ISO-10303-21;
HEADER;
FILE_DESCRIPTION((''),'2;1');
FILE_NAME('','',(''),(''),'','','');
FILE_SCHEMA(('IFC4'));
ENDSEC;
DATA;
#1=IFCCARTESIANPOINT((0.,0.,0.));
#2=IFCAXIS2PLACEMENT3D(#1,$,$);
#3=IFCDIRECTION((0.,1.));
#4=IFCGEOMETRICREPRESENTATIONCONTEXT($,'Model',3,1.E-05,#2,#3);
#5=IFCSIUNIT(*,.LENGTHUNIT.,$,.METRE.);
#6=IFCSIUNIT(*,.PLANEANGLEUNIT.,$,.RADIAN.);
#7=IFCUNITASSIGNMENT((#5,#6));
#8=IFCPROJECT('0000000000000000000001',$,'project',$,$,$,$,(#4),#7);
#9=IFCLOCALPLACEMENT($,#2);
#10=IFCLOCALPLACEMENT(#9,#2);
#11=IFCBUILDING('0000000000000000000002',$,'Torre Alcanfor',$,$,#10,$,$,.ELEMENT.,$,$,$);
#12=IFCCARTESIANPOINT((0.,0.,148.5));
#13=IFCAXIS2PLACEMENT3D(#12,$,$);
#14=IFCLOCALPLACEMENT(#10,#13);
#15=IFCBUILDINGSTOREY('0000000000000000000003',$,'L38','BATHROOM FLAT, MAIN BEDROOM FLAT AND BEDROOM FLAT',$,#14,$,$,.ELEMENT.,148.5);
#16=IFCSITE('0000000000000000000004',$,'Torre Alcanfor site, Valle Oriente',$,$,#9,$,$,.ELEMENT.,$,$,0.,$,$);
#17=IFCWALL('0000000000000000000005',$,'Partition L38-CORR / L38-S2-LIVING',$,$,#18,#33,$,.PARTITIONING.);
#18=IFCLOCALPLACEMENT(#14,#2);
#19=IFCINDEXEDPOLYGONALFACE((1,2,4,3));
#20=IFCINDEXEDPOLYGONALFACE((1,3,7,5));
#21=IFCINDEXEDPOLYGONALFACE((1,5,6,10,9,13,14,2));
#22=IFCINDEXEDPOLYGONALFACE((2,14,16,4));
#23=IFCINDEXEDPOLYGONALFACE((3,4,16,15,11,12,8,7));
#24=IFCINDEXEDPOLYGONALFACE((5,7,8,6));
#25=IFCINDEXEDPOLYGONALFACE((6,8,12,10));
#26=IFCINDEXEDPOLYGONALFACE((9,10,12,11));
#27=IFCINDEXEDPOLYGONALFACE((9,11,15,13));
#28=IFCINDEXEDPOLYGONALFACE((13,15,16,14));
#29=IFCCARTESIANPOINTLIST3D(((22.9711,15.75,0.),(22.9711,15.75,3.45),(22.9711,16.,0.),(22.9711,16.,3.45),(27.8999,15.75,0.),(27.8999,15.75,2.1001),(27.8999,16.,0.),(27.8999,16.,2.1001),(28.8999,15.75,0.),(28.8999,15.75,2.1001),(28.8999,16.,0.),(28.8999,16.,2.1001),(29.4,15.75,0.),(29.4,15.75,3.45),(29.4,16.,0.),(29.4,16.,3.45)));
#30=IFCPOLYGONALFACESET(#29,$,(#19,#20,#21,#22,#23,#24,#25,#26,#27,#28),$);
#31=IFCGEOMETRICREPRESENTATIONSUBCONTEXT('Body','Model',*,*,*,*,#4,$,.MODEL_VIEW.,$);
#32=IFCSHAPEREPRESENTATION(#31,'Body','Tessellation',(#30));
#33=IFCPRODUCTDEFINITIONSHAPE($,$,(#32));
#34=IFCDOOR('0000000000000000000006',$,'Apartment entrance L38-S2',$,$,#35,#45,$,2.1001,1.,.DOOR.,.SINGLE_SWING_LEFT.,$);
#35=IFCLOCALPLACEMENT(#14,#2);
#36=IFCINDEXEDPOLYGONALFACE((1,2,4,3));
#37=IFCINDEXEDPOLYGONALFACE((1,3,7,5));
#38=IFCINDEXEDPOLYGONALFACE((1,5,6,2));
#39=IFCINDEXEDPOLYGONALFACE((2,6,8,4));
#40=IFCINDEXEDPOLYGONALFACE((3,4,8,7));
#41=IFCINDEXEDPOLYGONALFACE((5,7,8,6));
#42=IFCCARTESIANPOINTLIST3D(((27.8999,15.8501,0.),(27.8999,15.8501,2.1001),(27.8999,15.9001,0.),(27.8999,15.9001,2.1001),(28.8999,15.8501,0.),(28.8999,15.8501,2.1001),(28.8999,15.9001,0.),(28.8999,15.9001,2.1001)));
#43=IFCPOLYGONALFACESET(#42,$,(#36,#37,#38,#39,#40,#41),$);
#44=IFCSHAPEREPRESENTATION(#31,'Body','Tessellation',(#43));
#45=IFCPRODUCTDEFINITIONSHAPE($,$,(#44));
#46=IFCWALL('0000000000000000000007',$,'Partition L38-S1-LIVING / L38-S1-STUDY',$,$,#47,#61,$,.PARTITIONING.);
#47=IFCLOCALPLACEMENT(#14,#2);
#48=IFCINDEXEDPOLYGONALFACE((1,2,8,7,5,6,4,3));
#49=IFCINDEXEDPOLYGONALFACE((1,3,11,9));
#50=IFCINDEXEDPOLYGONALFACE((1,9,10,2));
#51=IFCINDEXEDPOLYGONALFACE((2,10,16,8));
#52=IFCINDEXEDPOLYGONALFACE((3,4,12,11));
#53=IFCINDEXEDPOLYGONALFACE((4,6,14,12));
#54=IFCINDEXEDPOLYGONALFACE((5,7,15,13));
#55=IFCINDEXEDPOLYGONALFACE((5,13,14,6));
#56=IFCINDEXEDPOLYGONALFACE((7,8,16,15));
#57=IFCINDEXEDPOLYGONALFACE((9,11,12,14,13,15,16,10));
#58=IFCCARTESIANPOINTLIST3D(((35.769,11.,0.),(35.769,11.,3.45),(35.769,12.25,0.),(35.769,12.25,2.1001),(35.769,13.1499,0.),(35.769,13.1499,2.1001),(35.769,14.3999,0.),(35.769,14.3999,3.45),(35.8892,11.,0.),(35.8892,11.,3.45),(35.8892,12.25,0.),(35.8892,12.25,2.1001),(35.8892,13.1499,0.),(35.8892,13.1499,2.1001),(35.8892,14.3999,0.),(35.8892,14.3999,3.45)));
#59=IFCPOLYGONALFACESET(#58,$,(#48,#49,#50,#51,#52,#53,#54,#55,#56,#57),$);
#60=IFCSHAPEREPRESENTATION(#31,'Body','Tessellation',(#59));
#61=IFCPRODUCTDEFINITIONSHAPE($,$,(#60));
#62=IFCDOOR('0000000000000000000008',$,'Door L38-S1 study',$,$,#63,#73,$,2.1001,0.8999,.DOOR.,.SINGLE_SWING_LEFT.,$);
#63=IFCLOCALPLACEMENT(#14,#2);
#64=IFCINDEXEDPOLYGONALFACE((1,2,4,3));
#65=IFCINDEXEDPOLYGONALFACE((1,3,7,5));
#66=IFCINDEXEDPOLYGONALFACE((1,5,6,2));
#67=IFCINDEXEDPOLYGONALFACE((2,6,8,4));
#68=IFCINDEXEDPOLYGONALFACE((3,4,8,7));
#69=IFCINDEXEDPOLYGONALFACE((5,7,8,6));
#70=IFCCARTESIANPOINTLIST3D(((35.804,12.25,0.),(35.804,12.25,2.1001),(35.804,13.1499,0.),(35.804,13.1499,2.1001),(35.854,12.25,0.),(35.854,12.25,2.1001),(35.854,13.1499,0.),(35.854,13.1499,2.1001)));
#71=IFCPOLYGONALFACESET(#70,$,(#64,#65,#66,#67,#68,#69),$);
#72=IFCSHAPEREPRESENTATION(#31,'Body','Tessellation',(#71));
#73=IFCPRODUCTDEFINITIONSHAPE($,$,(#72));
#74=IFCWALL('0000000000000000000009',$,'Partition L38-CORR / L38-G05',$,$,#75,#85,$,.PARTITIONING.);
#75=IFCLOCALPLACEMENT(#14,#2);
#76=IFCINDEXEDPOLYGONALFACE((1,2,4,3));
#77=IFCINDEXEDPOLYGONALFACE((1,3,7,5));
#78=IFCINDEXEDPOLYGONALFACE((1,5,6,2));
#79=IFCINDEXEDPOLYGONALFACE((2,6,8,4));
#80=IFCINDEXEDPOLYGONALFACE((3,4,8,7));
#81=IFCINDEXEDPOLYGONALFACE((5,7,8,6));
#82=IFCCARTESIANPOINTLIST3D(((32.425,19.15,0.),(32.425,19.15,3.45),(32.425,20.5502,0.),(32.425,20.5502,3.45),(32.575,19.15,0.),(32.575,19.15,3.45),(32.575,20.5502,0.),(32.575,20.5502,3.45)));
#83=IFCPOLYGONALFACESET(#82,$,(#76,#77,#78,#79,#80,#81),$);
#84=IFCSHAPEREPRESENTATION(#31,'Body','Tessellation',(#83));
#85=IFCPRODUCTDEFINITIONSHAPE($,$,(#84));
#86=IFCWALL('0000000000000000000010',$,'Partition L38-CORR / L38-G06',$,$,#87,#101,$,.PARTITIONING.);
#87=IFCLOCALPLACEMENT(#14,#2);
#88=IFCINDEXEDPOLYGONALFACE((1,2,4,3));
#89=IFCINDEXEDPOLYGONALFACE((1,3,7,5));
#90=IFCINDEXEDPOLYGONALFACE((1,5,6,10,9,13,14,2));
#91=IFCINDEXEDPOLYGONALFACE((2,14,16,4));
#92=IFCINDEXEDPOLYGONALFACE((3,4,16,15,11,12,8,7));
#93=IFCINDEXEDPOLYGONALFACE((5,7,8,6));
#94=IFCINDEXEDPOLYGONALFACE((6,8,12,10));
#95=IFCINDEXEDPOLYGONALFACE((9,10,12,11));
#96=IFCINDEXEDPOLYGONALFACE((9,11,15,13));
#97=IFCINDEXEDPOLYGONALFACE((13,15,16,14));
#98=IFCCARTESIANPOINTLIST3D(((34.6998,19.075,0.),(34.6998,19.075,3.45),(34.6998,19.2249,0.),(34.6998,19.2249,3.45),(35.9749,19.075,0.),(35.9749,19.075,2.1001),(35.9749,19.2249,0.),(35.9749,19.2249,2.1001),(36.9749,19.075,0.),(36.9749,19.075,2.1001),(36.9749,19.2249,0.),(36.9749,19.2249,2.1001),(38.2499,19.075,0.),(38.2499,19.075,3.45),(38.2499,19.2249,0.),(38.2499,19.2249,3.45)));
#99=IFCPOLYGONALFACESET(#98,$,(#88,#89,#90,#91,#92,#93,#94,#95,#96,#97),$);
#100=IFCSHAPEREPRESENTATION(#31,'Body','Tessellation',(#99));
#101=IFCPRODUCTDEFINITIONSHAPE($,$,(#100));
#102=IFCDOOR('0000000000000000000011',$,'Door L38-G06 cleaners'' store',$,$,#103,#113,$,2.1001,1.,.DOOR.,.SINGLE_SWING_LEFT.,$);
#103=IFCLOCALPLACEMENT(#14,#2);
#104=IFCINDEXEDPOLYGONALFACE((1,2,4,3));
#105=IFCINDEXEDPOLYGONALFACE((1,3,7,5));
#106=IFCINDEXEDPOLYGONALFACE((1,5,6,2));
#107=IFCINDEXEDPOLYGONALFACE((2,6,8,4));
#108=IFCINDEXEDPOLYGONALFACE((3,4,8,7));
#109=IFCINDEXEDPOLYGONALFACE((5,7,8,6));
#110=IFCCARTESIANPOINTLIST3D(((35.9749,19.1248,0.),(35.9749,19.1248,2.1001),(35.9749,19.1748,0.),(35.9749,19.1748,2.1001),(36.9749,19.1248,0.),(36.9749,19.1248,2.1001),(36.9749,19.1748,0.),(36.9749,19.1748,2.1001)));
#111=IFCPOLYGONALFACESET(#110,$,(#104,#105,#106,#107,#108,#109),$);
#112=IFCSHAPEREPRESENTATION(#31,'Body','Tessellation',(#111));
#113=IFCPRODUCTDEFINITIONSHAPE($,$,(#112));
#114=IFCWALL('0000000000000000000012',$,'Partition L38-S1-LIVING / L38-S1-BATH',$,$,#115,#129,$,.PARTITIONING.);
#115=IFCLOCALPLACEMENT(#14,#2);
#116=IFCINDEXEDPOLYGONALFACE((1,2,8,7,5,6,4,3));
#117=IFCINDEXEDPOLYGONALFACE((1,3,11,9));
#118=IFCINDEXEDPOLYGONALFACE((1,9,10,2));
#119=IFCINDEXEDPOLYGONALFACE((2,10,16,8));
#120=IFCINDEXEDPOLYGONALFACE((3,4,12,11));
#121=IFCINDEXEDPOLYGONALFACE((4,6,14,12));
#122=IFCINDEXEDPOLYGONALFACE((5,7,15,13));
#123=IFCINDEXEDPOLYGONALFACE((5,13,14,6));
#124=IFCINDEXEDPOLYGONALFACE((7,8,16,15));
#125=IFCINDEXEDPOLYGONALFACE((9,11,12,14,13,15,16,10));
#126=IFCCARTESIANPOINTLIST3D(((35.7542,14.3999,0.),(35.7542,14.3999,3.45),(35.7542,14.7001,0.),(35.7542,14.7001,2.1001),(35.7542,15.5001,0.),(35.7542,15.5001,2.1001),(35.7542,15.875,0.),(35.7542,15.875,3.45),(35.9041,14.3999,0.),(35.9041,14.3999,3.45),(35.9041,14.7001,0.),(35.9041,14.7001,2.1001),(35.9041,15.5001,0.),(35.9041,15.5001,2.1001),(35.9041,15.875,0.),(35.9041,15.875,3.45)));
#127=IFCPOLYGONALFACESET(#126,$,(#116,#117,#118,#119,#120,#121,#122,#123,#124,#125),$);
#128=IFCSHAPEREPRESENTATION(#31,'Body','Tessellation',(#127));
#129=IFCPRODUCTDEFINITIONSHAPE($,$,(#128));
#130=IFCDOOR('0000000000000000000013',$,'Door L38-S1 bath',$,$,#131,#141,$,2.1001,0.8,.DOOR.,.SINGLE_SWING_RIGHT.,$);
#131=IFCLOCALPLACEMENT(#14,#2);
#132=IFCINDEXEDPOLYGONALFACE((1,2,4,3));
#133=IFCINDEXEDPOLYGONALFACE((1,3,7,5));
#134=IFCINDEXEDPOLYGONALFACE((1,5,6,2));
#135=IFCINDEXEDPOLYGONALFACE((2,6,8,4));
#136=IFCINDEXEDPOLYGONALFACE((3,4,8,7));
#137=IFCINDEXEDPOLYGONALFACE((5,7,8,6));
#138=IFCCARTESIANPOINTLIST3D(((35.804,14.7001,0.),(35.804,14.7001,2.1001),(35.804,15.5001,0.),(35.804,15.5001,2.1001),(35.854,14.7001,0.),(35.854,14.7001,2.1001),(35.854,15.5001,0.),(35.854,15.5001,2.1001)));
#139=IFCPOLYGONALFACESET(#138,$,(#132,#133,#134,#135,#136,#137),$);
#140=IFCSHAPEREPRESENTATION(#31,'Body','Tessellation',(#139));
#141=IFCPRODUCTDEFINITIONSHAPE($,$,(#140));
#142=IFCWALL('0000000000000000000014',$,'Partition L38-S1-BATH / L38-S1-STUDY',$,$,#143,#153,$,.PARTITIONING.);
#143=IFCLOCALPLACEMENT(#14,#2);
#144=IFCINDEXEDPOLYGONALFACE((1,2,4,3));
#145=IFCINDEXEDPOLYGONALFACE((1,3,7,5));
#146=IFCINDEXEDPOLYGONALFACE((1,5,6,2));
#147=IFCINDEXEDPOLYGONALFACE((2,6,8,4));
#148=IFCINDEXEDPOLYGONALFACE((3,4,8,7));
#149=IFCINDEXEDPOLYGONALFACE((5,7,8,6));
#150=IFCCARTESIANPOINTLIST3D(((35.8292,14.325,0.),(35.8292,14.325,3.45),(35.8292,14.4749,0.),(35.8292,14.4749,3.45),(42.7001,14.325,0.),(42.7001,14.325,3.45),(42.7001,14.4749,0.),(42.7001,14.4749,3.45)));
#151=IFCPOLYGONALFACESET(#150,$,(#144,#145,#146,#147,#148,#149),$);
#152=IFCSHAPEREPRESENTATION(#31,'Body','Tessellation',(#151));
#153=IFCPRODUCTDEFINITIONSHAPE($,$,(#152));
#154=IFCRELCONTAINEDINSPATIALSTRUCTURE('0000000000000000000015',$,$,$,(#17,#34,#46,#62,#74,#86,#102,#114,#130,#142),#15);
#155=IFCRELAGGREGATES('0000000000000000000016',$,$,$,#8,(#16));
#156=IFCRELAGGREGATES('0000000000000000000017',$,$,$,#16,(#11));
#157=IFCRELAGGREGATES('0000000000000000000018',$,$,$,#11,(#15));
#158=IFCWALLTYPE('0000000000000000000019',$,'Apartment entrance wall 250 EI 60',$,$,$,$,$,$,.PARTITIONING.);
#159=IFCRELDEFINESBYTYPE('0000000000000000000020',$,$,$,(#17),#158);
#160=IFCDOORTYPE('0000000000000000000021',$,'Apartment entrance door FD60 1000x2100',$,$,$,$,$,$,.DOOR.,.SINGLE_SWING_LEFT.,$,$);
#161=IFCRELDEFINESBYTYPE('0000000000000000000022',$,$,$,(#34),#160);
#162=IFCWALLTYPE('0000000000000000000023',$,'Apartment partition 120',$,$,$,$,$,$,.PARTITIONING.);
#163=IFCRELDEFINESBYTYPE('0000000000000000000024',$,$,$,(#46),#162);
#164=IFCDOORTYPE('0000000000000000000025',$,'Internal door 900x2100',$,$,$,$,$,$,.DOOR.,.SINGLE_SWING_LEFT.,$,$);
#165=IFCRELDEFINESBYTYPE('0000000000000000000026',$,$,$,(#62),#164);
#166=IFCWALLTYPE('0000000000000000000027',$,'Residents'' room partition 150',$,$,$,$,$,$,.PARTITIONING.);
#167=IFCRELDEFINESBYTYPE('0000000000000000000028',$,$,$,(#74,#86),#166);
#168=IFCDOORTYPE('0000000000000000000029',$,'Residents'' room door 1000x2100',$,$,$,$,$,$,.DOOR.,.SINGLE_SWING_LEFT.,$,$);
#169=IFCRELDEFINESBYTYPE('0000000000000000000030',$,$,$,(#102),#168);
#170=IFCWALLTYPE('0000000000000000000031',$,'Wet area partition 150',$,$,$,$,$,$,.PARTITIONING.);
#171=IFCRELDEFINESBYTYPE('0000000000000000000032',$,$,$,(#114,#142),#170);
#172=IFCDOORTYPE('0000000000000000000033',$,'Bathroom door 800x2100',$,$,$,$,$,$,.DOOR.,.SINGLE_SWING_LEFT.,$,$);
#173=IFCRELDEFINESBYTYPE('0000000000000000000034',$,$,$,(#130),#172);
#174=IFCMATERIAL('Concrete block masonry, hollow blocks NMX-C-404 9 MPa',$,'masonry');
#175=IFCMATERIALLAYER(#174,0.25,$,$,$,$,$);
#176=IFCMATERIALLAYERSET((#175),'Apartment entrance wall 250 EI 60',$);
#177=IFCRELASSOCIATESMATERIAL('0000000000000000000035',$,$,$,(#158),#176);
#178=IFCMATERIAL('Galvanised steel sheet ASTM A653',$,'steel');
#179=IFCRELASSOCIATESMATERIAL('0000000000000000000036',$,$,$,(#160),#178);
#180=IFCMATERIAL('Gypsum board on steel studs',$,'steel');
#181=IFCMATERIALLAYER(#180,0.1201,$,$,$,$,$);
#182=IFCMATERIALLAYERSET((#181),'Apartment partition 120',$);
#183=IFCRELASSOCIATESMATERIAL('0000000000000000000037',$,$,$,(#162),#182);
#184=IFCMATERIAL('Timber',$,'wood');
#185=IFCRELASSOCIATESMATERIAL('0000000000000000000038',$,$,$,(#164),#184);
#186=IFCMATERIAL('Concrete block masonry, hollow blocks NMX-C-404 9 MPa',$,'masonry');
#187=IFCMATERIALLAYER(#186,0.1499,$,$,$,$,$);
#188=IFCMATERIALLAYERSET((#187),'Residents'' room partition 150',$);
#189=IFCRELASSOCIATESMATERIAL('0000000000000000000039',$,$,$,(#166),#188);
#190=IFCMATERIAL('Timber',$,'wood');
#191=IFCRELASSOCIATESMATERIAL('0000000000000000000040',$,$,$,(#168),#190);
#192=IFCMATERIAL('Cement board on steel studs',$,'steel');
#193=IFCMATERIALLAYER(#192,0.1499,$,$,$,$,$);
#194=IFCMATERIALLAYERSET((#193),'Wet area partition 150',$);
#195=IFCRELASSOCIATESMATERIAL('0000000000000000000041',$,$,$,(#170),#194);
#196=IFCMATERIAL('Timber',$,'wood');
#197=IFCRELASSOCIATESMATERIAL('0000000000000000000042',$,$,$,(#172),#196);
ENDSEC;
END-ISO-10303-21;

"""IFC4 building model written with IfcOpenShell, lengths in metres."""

from ifc_helpers import new_model, si_unit, direction, frame, frame_2d, origin, place, context, subcontext, project, spatial, rectangle, extrude, material, layer, layer_set, type_object, element, fill, save


model = new_model("IFC4")

# Units and contexts
model_context = context("Model", 3, precision=1e-05, world=origin(), true_north=direction((0.0, 1.0)))
body_context = subcontext(model_context, "Body", "Model", "MODEL_VIEW")
ifc_project = project(units=[si_unit("LENGTHUNIT", "METRE"), si_unit("PLANEANGLEUNIT", "RADIAN")], contexts=[model_context])

# Site, building, storey
site_placement = place(None, origin())
site = spatial("IfcSite", under=ifc_project, at=site_placement, Name="Torre Alcanfor site, Valle Oriente", CompositionType="ELEMENT", RefElevation=0.0)
building_placement = place(site_placement, origin())
building = spatial("IfcBuilding", under=site, at=building_placement, Name="Torre Alcanfor", CompositionType="ELEMENT")
storey_placement = place(building_placement, frame((0.0, 0.0, 148.5)))
storey = spatial("IfcBuildingStorey", under=building, at=storey_placement, Name="L38", Description="BATHROOM FLAT, MAIN BEDROOM FLAT AND BEDROOM FLAT", CompositionType="ELEMENT", Elevation=148.5)

# Walls, openings, doors
ifc_material_1 = material(Name="Concrete block masonry, hollow blocks NMX-C-404 9 MPa", Category="masonry")
ifc_layer_1 = layer(ifc_material_1, 0.25)
ifc_layer_set_1 = layer_set([ifc_layer_1], Name="Apartment entrance wall 250 EI 60")
wall_type_1 = type_object("IfcWallType", Name="Apartment entrance wall 250 EI 60", PredefinedType="PARTITIONING", material=ifc_layer_set_1)
ifc_material_2 = material(Name="Galvanised steel sheet ASTM A653", Category="steel")
door_type_1 = type_object("IfcDoorType", Name="Apartment entrance door FD60 1000x2100", OperationType="SINGLE_SWING_LEFT", PredefinedType="DOOR", material=ifc_material_2)
wall_1_placement = place(storey_placement, frame((29.3999, 15.875, 0.0), z_axis=(0.0, 0.0, 1.0), x_axis=(-1.0, 0.0, 0.0)))
wall_1 = element("IfcWall", 1, at=wall_1_placement, inside=storey, type_object=wall_type_1, Name="Partition L38-CORR / L38-S2-LIVING", PredefinedType="PARTITIONING", context=body_context, shape_type="SweptSolid", body=[
    extrude(rectangle(XDim=6.429, YDim=0.25, at=frame_2d((3.2144, 0.0))), origin(), (0.0, 0.0, 1.0), 3.45),
])
opening_1_placement = place(wall_1_placement, frame((0.5, 0.0, 0.0)))
opening_1 = element("IfcOpeningElement", 2, at=opening_1_placement, cuts=wall_1, PredefinedType="OPENING", context=body_context, shape_type="SweptSolid", body=[
    extrude(rectangle(XDim=1.0, YDim=2.1001, at=frame_2d((0.5, 1.05))), frame((0.0, 0.135, 0.0), z_axis=(0.0, -1.0, 0.0), x_axis=(1.0, 0.0, 0.0)), (0.0, 0.0, 1.0), 0.27),
])
door_1_placement = place(opening_1_placement, origin())
door_1 = element("IfcDoor", 3, at=door_1_placement, inside=storey, type_object=door_type_1, Name="Apartment entrance L38-S2", OperationType="SINGLE_SWING_LEFT", OverallHeight=2.1001, OverallWidth=1.0, PredefinedType="DOOR", context=body_context, shape_type="SweptSolid", body=[
    extrude(rectangle(XDim=1.0, YDim=2.1001, at=frame_2d((0.5, 1.05))), frame((0.0, 0.0249, 0.0), z_axis=(0.0, -1.0, 0.0), x_axis=(1.0, 0.0, 0.0)), (0.0, 0.0, 1.0), 0.05),
])
fill(opening_1, door_1)
ifc_material_3 = material(Name="Gypsum board on steel studs", Category="steel")
ifc_layer_2 = layer(ifc_material_3, 0.1201)
ifc_layer_set_2 = layer_set([ifc_layer_2], Name="Apartment partition 120")
wall_type_2 = type_object("IfcWallType", Name="Apartment partition 120", PredefinedType="PARTITIONING", material=ifc_layer_set_2)
wall_2_placement = place(storey_placement, frame((35.8291, 14.3999, 0.0), z_axis=(0.0, 0.0, 1.0), x_axis=(0.0, -1.0, 0.0)))
wall_2 = element("IfcWall", 4, at=wall_2_placement, inside=storey, type_object=wall_type_2, Name="Partition L38-S1-LIVING / L38-S1-STUDY", PredefinedType="PARTITIONING", context=body_context, shape_type="SweptSolid", body=[
    extrude(rectangle(XDim=3.3999, YDim=0.1201, at=frame_2d((1.7, 0.0))), origin(), (0.0, 0.0, 1.0), 3.45),
])
opening_2_placement = place(wall_2_placement, frame((1.25, 0.0, 0.0)))
opening_2 = element("IfcOpeningElement", 5, at=opening_2_placement, cuts=wall_2, PredefinedType="OPENING", context=body_context, shape_type="SweptSolid", body=[
    extrude(rectangle(XDim=0.8999, YDim=2.1001, at=frame_2d((0.45, 1.05))), frame((0.0, 0.0701, 0.0), z_axis=(0.0, -1.0, 0.0), x_axis=(1.0, 0.0, 0.0)), (0.0, 0.0, 1.0), 0.1401),
])
ifc_material_4 = material(Name="Timber", Category="wood")
door_type_2 = type_object("IfcDoorType", Name="Internal door 900x2100", OperationType="SINGLE_SWING_LEFT", PredefinedType="DOOR", material=ifc_material_4)
door_2_placement = place(opening_2_placement, origin())
door_2 = element("IfcDoor", 6, at=door_2_placement, inside=storey, type_object=door_type_2, Name="Door L38-S1 study", OperationType="SINGLE_SWING_LEFT", OverallHeight=2.1001, OverallWidth=0.8999, PredefinedType="DOOR", context=body_context, shape_type="SweptSolid", body=[
    extrude(rectangle(XDim=0.8999, YDim=2.1001, at=frame_2d((0.45, 1.05))), frame((0.0, 0.0249, 0.0), z_axis=(0.0, -1.0, 0.0), x_axis=(1.0, 0.0, 0.0)), (0.0, 0.0, 1.0), 0.05),
])
fill(opening_2, door_2)

# Wall
ifc_material_5 = material(Name="Concrete block masonry, hollow blocks NMX-C-404 9 MPa", Category="masonry")
ifc_layer_3 = layer(ifc_material_5, 0.1499)
ifc_layer_set_3 = layer_set([ifc_layer_3], Name="Residents' room partition 150")
wall_type_3 = type_object("IfcWallType", Name="Residents' room partition 150", PredefinedType="PARTITIONING", material=ifc_layer_set_3)
wall_3_placement = place(storey_placement, frame((32.5, 19.1499, 0.0), z_axis=(0.0, 0.0, 1.0), x_axis=(0.0, 1.0, 0.0)))
element("IfcWall", 7, at=wall_3_placement, inside=storey, type_object=wall_type_3, Name="Partition L38-CORR / L38-G05", PredefinedType="PARTITIONING", context=body_context, shape_type="SweptSolid", body=[
    extrude(rectangle(XDim=1.4001, YDim=0.1499, at=frame_2d((0.7002, 0.0))), origin(), (0.0, 0.0, 1.0), 3.45),
])

# Walls, openings, doors
wall_4_placement = place(storey_placement, frame((34.7, 19.1499, 0.0), z_axis=(0.0, 0.0, 1.0), x_axis=(1.0, 0.0, 0.0)))
wall_4 = element("IfcWall", 8, at=wall_4_placement, inside=storey, type_object=wall_type_3, Name="Partition L38-CORR / L38-G06", PredefinedType="PARTITIONING", context=body_context, shape_type="SweptSolid", body=[
    extrude(rectangle(XDim=3.55, YDim=0.1499, at=frame_2d((1.7749, 0.0))), origin(), (0.0, 0.0, 1.0), 3.45),
])
opening_3_placement = place(wall_4_placement, frame((1.2749, 0.0, 0.0)))
opening_3 = element("IfcOpeningElement", 9, at=opening_3_placement, cuts=wall_4, PredefinedType="OPENING", context=body_context, shape_type="SweptSolid", body=[
    extrude(rectangle(XDim=1.0, YDim=2.1001, at=frame_2d((0.5, 1.05))), frame((0.0, 0.085, 0.0), z_axis=(0.0, -1.0, 0.0), x_axis=(1.0, 0.0, 0.0)), (0.0, 0.0, 1.0), 0.1699),
])
ifc_material_6 = material(Name="Timber", Category="wood")
door_type_3 = type_object("IfcDoorType", Name="Residents' room door 1000x2100", OperationType="SINGLE_SWING_LEFT", PredefinedType="DOOR", material=ifc_material_6)
door_3_placement = place(opening_3_placement, origin())
door_3 = element("IfcDoor", 10, at=door_3_placement, inside=storey, type_object=door_type_3, Name="Door L38-G06 cleaners' store", OperationType="SINGLE_SWING_LEFT", OverallHeight=2.1001, OverallWidth=1.0, PredefinedType="DOOR", context=body_context, shape_type="SweptSolid", body=[
    extrude(rectangle(XDim=1.0, YDim=2.1001, at=frame_2d((0.5, 1.05))), frame((0.0, 0.0249, 0.0), z_axis=(0.0, -1.0, 0.0), x_axis=(1.0, 0.0, 0.0)), (0.0, 0.0, 1.0), 0.05),
])
fill(opening_3, door_3)
ifc_material_7 = material(Name="Cement board on steel studs", Category="steel")
ifc_layer_4 = layer(ifc_material_7, 0.1499)
ifc_layer_set_4 = layer_set([ifc_layer_4], Name="Wet area partition 150")
wall_type_4 = type_object("IfcWallType", Name="Wet area partition 150", PredefinedType="PARTITIONING", material=ifc_layer_set_4)
wall_5_placement = place(storey_placement, frame((35.8291, 15.875, 0.0), z_axis=(0.0, 0.0, 1.0), x_axis=(0.0, -1.0, 0.0)))
wall_5 = element("IfcWall", 11, at=wall_5_placement, inside=storey, type_object=wall_type_4, Name="Partition L38-S1-LIVING / L38-S1-BATH", PredefinedType="PARTITIONING", context=body_context, shape_type="SweptSolid", body=[
    extrude(rectangle(XDim=1.4751, YDim=0.1499, at=frame_2d((0.7375, 0.0))), origin(), (0.0, 0.0, 1.0), 3.45),
])
opening_4_placement = place(wall_5_placement, frame((0.375, 0.0, 0.0)))
opening_4 = element("IfcOpeningElement", 12, at=opening_4_placement, cuts=wall_5, PredefinedType="OPENING", context=body_context, shape_type="SweptSolid", body=[
    extrude(rectangle(XDim=0.8, YDim=2.1001, at=frame_2d((0.3999, 1.05))), frame((0.0, 0.085, 0.0), z_axis=(0.0, -1.0, 0.0), x_axis=(1.0, 0.0, 0.0)), (0.0, 0.0, 1.0), 0.1699),
])
ifc_material_8 = material(Name="Timber", Category="wood")
door_type_4 = type_object("IfcDoorType", Name="Bathroom door 800x2100", OperationType="SINGLE_SWING_LEFT", PredefinedType="DOOR", material=ifc_material_8)
door_4_placement = place(opening_4_placement, origin())
door_4 = element("IfcDoor", 13, at=door_4_placement, inside=storey, type_object=door_type_4, Name="Door L38-S1 bath", OperationType="SINGLE_SWING_RIGHT", OverallHeight=2.1001, OverallWidth=0.8, PredefinedType="DOOR", context=body_context, shape_type="SweptSolid", body=[
    extrude(rectangle(XDim=0.8, YDim=2.1001, at=frame_2d((0.3999, 1.05))), frame((0.0, 0.0249, 0.0), z_axis=(0.0, -1.0, 0.0), x_axis=(1.0, 0.0, 0.0)), (0.0, 0.0, 1.0), 0.05),
])
fill(opening_4, door_4)

# Wall
wall_6_placement = place(storey_placement, frame((35.8291, 14.3999, 0.0), z_axis=(0.0, 0.0, 1.0), x_axis=(1.0, 0.0, 0.0)))
element("IfcWall", 14, at=wall_6_placement, inside=storey, type_object=wall_type_4, Name="Partition L38-S1-BATH / L38-S1-STUDY", PredefinedType="PARTITIONING", context=body_context, shape_type="SweptSolid", body=[
    extrude(rectangle(XDim=6.8708, YDim=0.1499, at=frame_2d((3.4355, 0.0))), origin(), (0.0, 0.0, 1.0), 3.45),
])

save(model, "model.ifc")
